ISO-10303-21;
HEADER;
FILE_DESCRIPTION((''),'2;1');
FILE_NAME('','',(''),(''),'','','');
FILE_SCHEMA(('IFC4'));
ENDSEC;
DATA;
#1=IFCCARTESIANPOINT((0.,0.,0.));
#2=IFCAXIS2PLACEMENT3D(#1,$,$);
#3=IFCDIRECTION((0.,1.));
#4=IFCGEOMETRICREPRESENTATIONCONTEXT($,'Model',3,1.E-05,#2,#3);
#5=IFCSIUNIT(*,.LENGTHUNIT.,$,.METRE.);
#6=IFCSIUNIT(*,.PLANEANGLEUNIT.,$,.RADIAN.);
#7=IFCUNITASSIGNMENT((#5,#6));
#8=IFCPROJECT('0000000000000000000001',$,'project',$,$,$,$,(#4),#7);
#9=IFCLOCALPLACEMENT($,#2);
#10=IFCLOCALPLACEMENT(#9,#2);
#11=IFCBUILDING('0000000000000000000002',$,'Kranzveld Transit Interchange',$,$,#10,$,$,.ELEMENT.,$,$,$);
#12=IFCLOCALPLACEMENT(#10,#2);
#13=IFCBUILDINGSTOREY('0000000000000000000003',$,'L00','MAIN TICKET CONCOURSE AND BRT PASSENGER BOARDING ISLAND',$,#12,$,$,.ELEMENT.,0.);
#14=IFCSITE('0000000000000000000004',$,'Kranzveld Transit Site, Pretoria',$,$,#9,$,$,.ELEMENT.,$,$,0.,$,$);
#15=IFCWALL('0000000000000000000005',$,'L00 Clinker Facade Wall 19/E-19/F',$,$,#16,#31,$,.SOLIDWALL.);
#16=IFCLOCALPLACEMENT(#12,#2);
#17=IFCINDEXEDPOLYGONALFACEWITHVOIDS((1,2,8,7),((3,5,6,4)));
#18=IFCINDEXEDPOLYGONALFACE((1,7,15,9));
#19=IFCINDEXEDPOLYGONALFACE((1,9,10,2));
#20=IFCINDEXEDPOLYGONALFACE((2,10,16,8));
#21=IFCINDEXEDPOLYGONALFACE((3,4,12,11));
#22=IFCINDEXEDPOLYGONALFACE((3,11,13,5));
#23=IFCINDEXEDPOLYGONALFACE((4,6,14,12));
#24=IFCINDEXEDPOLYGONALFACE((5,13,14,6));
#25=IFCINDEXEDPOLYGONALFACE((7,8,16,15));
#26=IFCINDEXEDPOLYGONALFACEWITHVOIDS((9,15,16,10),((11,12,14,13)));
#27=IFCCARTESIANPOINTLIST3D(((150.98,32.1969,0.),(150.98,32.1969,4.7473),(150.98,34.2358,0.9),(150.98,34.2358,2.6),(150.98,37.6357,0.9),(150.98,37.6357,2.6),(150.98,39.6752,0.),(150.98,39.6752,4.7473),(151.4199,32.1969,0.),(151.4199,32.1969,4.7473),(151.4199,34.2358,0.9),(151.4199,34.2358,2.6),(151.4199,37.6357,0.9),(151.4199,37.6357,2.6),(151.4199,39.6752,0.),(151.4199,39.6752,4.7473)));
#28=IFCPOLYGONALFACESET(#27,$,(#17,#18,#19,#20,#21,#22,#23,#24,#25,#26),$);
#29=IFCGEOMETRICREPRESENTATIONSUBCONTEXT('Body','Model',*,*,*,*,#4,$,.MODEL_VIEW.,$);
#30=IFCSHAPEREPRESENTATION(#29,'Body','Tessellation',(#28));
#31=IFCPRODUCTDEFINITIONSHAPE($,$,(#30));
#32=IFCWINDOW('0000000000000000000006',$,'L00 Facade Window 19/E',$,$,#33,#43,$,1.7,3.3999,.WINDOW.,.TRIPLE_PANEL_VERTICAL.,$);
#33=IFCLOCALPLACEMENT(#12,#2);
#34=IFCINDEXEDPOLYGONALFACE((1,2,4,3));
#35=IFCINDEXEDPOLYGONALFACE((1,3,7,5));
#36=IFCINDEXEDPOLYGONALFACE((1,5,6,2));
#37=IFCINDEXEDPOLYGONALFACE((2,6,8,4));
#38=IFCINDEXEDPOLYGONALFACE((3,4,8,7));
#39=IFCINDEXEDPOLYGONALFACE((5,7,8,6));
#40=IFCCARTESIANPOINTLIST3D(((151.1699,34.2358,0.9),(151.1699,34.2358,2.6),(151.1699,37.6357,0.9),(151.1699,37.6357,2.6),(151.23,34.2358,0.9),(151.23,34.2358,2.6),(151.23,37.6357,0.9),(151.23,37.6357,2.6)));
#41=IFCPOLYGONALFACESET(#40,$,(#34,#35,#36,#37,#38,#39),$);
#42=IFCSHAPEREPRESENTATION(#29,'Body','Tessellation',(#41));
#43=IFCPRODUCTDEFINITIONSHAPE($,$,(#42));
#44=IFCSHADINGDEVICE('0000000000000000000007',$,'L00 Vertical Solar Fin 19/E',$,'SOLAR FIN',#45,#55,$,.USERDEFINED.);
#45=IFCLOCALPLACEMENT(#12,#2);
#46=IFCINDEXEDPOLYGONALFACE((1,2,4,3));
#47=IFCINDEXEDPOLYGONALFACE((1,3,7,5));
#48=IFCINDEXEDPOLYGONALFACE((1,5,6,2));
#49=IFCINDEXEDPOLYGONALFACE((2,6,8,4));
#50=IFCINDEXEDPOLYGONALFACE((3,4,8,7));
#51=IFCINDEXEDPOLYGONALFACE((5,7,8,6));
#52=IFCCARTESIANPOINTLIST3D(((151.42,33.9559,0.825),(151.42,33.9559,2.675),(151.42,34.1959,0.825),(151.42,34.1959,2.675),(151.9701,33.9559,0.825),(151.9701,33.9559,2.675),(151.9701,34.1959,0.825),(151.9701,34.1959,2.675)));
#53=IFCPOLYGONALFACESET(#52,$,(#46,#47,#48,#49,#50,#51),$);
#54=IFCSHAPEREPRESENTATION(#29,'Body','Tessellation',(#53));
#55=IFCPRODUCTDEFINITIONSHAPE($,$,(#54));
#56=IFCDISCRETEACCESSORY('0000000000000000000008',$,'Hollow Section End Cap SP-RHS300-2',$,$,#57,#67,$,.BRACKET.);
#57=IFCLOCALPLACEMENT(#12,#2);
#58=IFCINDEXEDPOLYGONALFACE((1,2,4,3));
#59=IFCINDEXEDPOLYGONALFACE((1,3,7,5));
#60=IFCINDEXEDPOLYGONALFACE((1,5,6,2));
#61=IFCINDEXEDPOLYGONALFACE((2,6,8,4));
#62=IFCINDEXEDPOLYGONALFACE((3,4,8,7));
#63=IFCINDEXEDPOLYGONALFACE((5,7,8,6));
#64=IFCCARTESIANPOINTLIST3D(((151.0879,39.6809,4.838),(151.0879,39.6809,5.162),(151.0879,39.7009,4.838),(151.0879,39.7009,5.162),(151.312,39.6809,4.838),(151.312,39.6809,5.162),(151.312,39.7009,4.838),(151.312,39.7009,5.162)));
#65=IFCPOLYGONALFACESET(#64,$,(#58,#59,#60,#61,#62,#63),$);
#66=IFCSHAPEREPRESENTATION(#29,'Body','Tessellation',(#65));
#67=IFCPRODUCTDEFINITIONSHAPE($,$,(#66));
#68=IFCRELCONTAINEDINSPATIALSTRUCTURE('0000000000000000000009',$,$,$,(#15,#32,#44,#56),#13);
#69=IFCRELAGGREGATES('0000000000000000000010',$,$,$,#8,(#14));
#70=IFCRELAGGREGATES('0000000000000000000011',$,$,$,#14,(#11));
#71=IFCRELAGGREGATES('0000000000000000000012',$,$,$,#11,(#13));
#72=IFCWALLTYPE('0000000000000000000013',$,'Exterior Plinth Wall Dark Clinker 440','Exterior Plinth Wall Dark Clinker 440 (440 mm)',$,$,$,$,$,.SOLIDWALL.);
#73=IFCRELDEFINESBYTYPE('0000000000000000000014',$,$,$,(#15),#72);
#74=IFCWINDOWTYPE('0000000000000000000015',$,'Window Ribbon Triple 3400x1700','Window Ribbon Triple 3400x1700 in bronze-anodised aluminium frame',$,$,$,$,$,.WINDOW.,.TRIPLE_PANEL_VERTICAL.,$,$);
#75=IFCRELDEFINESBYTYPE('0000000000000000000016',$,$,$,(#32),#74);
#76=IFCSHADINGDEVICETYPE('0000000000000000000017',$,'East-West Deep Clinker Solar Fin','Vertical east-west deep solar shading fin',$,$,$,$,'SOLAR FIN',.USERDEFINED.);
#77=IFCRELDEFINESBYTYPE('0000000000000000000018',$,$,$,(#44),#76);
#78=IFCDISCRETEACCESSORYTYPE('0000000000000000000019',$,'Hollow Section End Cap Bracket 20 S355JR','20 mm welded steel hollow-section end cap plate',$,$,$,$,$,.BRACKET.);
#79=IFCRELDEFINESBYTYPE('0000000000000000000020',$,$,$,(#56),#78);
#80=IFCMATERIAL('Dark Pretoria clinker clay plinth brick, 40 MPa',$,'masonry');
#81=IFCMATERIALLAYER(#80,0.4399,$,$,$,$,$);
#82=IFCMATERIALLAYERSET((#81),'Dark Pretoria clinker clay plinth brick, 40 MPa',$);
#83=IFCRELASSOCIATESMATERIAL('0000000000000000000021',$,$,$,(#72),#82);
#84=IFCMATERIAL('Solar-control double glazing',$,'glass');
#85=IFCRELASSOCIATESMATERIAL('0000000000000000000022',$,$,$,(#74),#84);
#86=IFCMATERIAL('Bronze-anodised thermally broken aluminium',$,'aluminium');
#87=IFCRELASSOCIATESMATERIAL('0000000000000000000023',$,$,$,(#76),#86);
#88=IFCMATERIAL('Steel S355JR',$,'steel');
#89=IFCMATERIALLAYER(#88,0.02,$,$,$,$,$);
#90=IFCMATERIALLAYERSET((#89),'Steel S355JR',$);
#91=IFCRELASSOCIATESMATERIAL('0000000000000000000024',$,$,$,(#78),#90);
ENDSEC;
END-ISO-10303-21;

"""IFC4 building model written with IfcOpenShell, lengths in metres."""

from ifc_helpers import new_model, si_unit, direction, frame, frame_2d, origin, origin_2d, place, context, subcontext, project, spatial, rectangle, extrude, material, layer, layer_set, type_object, element, fill, save


model = new_model("IFC4")

# Units and contexts
model_context = context("Model", 3, precision=1e-05, world=origin(), true_north=direction((0.0, 1.0)))
body_context = subcontext(model_context, "Body", "Model", "MODEL_VIEW")
ifc_project = project(units=[si_unit("LENGTHUNIT", "METRE"), si_unit("PLANEANGLEUNIT", "RADIAN")], contexts=[model_context])

# Site, building, storey
site_placement = place(None, origin())
site = spatial("IfcSite", under=ifc_project, at=site_placement, Name="Kranzveld Transit Site, Pretoria", CompositionType="ELEMENT", RefElevation=0.0)
building_placement = place(site_placement, origin())
building = spatial("IfcBuilding", under=site, at=building_placement, Name="Kranzveld Transit Interchange", CompositionType="ELEMENT")
storey_placement = place(building_placement, origin())
storey = spatial("IfcBuildingStorey", under=building, at=storey_placement, Name="L00", Description="MAIN TICKET CONCOURSE AND BRT PASSENGER BOARDING ISLAND", CompositionType="ELEMENT", Elevation=0.0)

# Wall, opening, window
ifc_material_1 = material(Name="Dark Pretoria clinker clay plinth brick, 40 MPa", Category="masonry")
ifc_layer_1 = layer(ifc_material_1, 0.4399)
ifc_layer_set_1 = layer_set([ifc_layer_1], Name="Dark Pretoria clinker clay plinth brick, 40 MPa")
wall_type = type_object("IfcWallType", Name="Exterior Plinth Wall Dark Clinker 440", Description="Exterior Plinth Wall Dark Clinker 440 (440 mm)", PredefinedType="SOLIDWALL", material=ifc_layer_set_1)
wall_placement = place(storey_placement, frame((151.2, 32.1968, 0.0), z_axis=(0.0, 0.0, 1.0), x_axis=(0.0, 1.0, 0.0)))
wall = element("IfcWall", 1, at=wall_placement, inside=storey, type_object=wall_type, Name="L00 Clinker Facade Wall 19/E-19/F", PredefinedType="SOLIDWALL", context=body_context, shape_type="SweptSolid", body=[
    extrude(rectangle(XDim=7.4783, YDim=0.4399, at=frame_2d((3.7393, 0.0))), origin(), (0.0, 0.0, 1.0), 4.7473),
])
opening_placement = place(wall_placement, frame((2.0391, 0.0, 0.8999), z_axis=(0.0, 0.0, 1.0), x_axis=(1.0, 0.0, 0.0)))
opening = element("IfcOpeningElement", 2, at=opening_placement, cuts=wall, PredefinedType="OPENING", context=body_context, shape_type="SweptSolid", body=[
    extrude(rectangle(XDim=3.3999, YDim=1.7, at=frame_2d((1.7, 0.8501))), frame((0.0, 0.23, 0.0), z_axis=(0.0, -1.0, 0.0), x_axis=(1.0, 0.0, 0.0)), (0.0, 0.0, 1.0), 0.46),
])
ifc_material_2 = material(Name="Solar-control double glazing", Category="glass")
window_type = type_object("IfcWindowType", Name="Window Ribbon Triple 3400x1700", Description="Window Ribbon Triple 3400x1700 in bronze-anodised aluminium frame", PartitioningType="TRIPLE_PANEL_VERTICAL", PredefinedType="WINDOW", material=ifc_material_2)
window_placement = place(opening_placement, origin())
window = element("IfcWindow", 3, at=window_placement, inside=storey, type_object=window_type, Name="L00 Facade Window 19/E", OverallHeight=1.7, OverallWidth=3.3999, PartitioningType="TRIPLE_PANEL_VERTICAL", PredefinedType="WINDOW", context=body_context, shape_type="SweptSolid", body=[
    extrude(rectangle(XDim=3.3999, YDim=1.7, at=frame_2d((1.7, 0.8501))), frame((0.0, 0.03, 0.0), z_axis=(0.0, -1.0, 0.0), x_axis=(1.0, 0.0, 0.0)), (0.0, 0.0, 1.0), 0.0601),
])
fill(opening, window)

# Shading device
ifc_material_3 = material(Name="Bronze-anodised thermally broken aluminium", Category="aluminium")
shading_device_type = type_object("IfcShadingDeviceType", Name="East-West Deep Clinker Solar Fin", Description="Vertical east-west deep solar shading fin", ElementType="SOLAR FIN", PredefinedType="USERDEFINED", material=ifc_material_3)
shading_device_placement = place(storey_placement, frame((151.6951, 34.0759, 0.825), z_axis=(0.0, 0.0, 1.0), x_axis=(0.0, 1.0, 0.0)))
element("IfcShadingDevice", 4, at=shading_device_placement, inside=storey, type_object=shading_device_type, Name="L00 Vertical Solar Fin 19/E", ObjectType="SOLAR FIN", PredefinedType="USERDEFINED", context=body_context, shape_type="SweptSolid", body=[
    extrude(rectangle(XDim=0.24, YDim=0.55, at=origin_2d()), origin(), (0.0, 0.0, 1.0), 1.8501),
])

# Discrete accessory
ifc_material_4 = material(Name="Steel S355JR", Category="steel")
ifc_layer_2 = layer(ifc_material_4, 0.02)
ifc_layer_set_2 = layer_set([ifc_layer_2], Name="Steel S355JR")
discrete_accessory_type = type_object("IfcDiscreteAccessoryType", Name="Hollow Section End Cap Bracket 20 S355JR", Description="20 mm welded steel hollow-section end cap plate", PredefinedType="BRACKET", material=ifc_layer_set_2)
discrete_accessory_placement = place(storey_placement, frame((151.2, 39.6809, 5.0), z_axis=(0.0, 1.0, 0.0), x_axis=(-1.0, 0.0, 0.0)))
element("IfcDiscreteAccessory", 5, at=discrete_accessory_placement, inside=storey, type_object=discrete_accessory_type, Name="Hollow Section End Cap SP-RHS300-2", PredefinedType="BRACKET", context=body_context, shape_type="SweptSolid", body=[
    extrude(rectangle(XDim=0.2241, YDim=0.324, at=origin_2d()), origin(), (0.0, 0.0, 1.0), 0.02),
])

save(model, "model.ifc")
